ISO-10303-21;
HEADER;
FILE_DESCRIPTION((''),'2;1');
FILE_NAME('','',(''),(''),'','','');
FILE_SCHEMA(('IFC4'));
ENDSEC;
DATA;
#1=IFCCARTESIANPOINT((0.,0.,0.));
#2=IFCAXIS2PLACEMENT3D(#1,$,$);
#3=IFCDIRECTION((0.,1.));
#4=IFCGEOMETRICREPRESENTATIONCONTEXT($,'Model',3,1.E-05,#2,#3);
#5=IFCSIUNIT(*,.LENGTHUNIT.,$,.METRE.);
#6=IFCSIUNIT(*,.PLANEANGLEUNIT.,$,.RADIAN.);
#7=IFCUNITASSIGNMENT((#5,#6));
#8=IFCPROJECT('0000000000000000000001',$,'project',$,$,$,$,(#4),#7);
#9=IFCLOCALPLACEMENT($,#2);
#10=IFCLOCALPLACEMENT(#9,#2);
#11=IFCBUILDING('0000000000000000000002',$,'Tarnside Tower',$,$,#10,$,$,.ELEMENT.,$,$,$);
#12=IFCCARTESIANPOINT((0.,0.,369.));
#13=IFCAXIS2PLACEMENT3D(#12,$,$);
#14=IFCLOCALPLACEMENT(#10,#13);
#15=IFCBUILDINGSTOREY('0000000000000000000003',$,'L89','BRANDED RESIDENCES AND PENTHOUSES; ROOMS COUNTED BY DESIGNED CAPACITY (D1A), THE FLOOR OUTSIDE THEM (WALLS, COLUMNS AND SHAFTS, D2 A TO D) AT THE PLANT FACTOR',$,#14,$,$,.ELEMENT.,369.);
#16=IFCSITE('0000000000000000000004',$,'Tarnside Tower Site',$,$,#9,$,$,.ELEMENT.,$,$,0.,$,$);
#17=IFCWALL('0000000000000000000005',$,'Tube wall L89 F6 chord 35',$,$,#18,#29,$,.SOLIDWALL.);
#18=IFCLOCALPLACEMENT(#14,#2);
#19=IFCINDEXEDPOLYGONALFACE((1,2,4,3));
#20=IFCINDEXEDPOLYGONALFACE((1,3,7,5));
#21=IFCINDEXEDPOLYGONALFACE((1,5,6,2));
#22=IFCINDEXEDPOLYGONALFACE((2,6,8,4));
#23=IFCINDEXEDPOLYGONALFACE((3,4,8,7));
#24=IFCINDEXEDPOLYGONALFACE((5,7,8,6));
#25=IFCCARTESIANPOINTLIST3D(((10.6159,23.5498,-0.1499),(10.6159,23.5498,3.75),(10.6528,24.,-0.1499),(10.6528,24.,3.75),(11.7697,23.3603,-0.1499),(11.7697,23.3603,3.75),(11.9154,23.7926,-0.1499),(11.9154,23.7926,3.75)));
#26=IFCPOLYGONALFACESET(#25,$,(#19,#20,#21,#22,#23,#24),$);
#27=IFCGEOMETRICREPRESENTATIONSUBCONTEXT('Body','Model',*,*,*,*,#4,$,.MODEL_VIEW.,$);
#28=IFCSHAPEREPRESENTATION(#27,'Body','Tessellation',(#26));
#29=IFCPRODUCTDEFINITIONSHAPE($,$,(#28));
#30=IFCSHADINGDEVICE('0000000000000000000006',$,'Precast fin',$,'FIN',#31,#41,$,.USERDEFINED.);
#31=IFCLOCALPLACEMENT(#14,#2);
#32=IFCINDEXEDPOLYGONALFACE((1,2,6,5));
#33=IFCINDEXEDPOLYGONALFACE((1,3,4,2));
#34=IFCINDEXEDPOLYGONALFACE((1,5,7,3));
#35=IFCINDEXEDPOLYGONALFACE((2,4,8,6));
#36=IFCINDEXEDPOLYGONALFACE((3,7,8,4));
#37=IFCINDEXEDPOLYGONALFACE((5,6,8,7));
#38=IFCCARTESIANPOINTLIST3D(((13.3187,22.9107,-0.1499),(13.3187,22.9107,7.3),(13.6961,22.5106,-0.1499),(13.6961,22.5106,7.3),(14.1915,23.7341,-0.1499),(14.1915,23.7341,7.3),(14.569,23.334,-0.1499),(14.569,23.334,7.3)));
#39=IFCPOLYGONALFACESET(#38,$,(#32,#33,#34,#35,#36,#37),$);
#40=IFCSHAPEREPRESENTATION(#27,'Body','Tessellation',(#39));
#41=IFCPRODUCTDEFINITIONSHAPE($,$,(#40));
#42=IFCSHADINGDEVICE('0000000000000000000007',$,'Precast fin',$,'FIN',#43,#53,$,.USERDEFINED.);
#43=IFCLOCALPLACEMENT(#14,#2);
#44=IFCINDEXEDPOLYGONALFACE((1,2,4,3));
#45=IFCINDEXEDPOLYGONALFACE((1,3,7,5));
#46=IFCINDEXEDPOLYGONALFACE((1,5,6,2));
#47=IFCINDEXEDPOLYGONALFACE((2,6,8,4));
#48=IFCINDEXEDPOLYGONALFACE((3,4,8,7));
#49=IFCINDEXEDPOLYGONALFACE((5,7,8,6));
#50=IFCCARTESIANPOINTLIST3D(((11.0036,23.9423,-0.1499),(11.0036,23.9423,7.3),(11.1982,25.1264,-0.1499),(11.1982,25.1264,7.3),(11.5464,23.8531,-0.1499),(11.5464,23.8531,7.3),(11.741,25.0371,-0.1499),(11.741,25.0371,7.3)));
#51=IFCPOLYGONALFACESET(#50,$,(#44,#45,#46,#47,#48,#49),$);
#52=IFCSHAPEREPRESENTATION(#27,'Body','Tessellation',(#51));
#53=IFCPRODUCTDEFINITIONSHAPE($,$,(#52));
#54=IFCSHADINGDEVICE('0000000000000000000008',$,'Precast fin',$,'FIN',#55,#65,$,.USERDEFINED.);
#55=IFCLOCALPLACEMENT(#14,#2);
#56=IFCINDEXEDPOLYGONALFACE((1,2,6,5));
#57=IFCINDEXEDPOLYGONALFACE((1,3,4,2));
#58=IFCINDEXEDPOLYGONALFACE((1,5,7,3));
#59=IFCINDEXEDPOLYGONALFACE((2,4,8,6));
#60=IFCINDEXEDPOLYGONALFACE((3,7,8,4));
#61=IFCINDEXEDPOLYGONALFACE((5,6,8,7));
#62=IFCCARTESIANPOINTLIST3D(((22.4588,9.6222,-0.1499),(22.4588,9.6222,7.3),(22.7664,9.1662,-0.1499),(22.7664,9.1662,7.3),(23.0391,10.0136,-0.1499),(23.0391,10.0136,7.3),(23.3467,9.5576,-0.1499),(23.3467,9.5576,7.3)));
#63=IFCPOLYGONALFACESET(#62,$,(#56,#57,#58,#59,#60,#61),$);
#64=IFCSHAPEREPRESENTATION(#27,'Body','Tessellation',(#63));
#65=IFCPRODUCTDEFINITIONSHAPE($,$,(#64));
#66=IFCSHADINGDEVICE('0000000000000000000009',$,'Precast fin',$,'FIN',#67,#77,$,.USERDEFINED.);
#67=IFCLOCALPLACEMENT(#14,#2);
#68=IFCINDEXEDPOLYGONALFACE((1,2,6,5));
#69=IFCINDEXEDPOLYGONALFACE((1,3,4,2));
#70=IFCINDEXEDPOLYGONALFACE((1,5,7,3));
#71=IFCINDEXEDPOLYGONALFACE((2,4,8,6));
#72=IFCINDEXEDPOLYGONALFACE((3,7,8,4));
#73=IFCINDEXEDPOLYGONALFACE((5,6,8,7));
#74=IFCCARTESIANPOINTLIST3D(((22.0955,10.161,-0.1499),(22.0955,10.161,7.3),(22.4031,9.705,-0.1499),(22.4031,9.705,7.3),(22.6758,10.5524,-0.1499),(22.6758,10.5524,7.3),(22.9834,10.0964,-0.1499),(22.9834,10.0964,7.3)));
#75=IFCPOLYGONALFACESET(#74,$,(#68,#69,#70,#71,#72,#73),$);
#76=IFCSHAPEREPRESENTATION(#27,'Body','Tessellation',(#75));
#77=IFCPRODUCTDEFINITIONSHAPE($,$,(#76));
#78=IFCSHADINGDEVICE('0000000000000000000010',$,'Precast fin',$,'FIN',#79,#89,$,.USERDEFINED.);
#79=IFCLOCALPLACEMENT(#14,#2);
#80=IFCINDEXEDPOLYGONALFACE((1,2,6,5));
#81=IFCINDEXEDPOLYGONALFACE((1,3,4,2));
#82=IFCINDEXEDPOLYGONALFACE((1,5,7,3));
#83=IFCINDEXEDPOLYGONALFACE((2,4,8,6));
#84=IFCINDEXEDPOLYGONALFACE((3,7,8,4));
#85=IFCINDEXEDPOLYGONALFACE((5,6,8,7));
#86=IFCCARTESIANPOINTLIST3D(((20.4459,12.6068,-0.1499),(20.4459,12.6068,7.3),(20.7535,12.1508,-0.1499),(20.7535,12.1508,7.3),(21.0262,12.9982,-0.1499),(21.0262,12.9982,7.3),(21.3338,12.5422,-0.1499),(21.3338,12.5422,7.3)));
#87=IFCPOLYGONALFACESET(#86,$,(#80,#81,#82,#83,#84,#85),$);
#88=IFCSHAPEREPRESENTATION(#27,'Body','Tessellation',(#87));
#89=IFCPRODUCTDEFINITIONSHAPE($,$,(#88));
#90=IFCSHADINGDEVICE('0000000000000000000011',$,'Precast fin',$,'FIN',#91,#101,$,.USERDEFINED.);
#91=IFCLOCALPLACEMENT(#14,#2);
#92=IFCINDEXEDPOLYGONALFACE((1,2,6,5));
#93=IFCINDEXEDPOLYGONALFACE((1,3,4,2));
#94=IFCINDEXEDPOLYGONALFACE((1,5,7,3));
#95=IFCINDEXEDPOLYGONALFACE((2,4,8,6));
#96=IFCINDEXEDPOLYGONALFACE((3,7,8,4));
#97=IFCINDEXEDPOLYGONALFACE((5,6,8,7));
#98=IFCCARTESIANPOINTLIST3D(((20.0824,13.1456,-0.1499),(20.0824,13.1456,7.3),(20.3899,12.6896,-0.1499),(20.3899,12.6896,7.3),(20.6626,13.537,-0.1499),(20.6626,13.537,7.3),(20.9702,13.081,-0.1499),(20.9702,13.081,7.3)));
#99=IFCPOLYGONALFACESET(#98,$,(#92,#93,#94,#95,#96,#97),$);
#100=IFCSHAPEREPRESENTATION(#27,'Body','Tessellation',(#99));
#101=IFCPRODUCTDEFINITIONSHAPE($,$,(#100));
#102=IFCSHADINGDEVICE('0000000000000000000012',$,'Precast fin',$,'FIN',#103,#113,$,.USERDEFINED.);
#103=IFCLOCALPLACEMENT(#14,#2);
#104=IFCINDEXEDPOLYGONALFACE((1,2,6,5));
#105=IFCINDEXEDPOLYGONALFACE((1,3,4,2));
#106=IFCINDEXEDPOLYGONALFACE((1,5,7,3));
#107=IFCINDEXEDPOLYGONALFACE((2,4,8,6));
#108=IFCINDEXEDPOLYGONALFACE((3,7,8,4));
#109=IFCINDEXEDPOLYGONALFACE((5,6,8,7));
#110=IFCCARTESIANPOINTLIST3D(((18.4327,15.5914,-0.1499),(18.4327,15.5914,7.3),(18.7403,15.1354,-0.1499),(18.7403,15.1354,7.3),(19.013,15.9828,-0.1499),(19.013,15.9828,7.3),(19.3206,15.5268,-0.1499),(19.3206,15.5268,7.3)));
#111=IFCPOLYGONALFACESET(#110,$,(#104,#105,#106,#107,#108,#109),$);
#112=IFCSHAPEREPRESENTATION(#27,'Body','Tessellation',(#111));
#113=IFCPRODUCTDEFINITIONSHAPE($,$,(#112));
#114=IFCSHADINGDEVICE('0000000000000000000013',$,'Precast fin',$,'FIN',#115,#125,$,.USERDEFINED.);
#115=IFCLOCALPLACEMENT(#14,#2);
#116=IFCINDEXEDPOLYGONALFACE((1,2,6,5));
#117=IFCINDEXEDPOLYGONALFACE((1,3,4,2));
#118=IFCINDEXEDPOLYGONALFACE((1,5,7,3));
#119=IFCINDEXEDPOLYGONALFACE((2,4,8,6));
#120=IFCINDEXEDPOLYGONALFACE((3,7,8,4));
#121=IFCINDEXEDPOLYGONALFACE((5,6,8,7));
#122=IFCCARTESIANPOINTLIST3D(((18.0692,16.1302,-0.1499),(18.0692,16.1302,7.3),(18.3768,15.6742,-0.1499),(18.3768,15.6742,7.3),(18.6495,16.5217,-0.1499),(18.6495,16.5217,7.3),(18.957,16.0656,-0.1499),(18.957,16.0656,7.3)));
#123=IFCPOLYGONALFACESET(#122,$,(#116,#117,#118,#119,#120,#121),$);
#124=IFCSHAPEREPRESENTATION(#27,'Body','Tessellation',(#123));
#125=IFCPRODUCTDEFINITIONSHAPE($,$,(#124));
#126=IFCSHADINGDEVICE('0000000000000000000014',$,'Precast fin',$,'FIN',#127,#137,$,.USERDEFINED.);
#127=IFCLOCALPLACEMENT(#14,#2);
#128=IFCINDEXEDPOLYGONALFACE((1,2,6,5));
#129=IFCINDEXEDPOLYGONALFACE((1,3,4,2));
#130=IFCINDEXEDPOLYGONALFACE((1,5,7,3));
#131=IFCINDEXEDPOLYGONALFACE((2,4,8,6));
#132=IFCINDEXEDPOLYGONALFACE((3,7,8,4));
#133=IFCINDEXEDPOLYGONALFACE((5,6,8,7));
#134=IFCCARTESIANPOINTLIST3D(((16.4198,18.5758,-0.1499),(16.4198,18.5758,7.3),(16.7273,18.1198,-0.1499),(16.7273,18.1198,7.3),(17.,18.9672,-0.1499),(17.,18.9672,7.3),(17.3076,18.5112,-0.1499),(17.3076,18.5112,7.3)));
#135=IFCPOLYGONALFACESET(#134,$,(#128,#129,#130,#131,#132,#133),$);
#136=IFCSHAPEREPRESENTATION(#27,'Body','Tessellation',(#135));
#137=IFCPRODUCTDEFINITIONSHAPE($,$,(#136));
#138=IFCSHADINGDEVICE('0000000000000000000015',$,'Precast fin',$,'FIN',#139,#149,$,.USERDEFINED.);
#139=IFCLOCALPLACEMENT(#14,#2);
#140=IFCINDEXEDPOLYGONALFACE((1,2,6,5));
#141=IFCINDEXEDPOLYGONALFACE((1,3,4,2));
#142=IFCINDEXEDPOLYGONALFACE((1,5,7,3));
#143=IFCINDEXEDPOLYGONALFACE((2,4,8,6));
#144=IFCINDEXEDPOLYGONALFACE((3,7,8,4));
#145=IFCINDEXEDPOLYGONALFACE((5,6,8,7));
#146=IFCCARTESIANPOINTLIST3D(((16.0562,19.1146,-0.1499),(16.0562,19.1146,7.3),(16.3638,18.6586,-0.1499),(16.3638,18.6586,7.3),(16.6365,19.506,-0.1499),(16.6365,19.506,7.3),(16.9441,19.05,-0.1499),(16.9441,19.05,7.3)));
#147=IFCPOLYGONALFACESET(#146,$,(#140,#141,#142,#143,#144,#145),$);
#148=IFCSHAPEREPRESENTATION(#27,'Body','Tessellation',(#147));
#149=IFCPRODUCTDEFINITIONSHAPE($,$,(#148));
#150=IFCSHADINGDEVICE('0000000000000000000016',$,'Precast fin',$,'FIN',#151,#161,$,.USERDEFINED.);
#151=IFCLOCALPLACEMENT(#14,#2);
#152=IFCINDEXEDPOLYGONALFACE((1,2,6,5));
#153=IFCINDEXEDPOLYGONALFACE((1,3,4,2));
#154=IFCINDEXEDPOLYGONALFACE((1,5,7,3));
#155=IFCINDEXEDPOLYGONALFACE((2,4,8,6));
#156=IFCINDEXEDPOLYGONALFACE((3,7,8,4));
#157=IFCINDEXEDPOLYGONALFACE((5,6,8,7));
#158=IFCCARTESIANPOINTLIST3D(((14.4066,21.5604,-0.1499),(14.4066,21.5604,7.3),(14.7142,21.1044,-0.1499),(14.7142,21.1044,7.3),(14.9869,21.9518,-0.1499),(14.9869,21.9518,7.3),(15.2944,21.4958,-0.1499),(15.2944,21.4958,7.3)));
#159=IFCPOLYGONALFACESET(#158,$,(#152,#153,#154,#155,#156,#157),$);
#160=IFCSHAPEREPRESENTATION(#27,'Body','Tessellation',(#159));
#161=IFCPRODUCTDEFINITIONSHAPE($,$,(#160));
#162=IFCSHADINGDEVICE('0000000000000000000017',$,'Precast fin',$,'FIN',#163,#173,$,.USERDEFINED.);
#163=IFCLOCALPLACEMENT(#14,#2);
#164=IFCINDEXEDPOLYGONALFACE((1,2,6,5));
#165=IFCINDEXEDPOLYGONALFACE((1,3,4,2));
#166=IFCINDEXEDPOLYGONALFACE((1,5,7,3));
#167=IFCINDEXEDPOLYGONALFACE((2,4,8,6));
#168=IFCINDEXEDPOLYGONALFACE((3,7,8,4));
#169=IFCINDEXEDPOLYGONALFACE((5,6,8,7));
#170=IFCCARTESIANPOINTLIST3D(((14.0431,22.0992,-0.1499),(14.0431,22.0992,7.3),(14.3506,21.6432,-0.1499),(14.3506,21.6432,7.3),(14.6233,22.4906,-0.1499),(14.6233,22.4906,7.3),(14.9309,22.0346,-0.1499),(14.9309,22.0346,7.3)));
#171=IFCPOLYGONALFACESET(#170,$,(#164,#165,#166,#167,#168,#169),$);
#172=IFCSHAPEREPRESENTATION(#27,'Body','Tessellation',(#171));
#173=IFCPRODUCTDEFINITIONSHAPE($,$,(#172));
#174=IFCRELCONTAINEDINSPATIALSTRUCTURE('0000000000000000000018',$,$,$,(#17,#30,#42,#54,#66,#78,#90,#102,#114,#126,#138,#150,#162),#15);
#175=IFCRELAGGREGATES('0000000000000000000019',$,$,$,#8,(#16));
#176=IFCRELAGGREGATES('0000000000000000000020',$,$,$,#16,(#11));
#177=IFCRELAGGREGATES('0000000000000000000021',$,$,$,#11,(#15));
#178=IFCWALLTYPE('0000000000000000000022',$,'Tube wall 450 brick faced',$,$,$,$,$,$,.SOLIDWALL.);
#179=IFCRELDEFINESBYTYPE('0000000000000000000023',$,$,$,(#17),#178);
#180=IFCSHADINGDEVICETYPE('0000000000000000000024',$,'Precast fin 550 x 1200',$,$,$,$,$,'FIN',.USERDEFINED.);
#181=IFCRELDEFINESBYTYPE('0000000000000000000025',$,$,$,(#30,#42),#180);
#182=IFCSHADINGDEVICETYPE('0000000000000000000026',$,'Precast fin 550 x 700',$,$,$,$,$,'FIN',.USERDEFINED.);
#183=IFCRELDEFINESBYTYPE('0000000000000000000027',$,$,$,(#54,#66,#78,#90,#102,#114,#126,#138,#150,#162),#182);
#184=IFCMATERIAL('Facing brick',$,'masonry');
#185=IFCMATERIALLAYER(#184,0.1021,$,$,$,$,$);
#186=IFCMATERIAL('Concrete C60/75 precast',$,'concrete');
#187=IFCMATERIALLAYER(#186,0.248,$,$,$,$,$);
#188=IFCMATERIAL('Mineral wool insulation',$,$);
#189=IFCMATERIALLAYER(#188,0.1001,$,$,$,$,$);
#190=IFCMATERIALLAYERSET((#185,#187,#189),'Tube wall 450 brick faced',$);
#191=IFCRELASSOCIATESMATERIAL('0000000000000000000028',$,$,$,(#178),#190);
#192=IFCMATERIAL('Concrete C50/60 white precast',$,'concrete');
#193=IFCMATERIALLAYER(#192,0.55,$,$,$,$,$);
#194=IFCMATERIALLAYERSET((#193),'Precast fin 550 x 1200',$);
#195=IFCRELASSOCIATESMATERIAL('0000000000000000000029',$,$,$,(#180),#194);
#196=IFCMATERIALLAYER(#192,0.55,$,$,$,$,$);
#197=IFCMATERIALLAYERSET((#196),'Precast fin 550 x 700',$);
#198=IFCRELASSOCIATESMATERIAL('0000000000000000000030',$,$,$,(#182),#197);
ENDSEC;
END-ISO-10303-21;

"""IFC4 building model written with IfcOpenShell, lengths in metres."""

from ifc_helpers import new_model, si_unit, direction, frame, origin, place, context, subcontext, project, spatial, polyline, outline, extrude, material, layer, layer_set, type_object, element, save


model = new_model("IFC4")

# Units and contexts
model_context = context("Model", 3, precision=1e-05, world=origin(), true_north=direction((0.0, 1.0)))
body_context = subcontext(model_context, "Body", "Model", "MODEL_VIEW")
ifc_project = project(units=[si_unit("LENGTHUNIT", "METRE"), si_unit("PLANEANGLEUNIT", "RADIAN")], contexts=[model_context])

# Site, building, storey
site_placement = place(None, origin())
site = spatial("IfcSite", under=ifc_project, at=site_placement, Name="Tarnside Tower Site", CompositionType="ELEMENT", RefElevation=0.0)
building_placement = place(site_placement, origin())
building = spatial("IfcBuilding", under=site, at=building_placement, Name="Tarnside Tower", CompositionType="ELEMENT")
storey_placement = place(building_placement, frame((0.0, 0.0, 369.0)))
storey = spatial("IfcBuildingStorey", under=building, at=storey_placement, Name="L89", Description="BRANDED RESIDENCES AND PENTHOUSES; ROOMS COUNTED BY DESIGNED CAPACITY (D1A), THE FLOOR OUTSIDE THEM (WALLS, COLUMNS AND SHAFTS, D2 A TO D) AT THE PLANT FACTOR", CompositionType="ELEMENT", Elevation=369.0)

# Shared definitions
ifc_material_1 = material(Name="Concrete C60/75 precast", Category="concrete")
ifc_material_2 = material(Name="Mineral wool insulation")

# Wall
ifc_material_3 = material(Name="Facing brick", Category="masonry")
ifc_layer_1 = layer(ifc_material_3, 0.1021)
ifc_layer_2 = layer(ifc_material_1, 0.248)
ifc_layer_3 = layer(ifc_material_2, 0.1001)
ifc_layer_set_1 = layer_set([ifc_layer_1, ifc_layer_2, ifc_layer_3], Name="Tube wall 450 brick faced")
wall_type_1 = type_object("IfcWallType", Name="Tube wall 450 brick faced", PredefinedType="SOLIDWALL", material=ifc_layer_set_1)
wall_1_placement = place(storey_placement, frame((11.8425, 23.5764, -0.1499), z_axis=(0.0, 0.0, 1.0), x_axis=(-0.986774, 0.162103, 0.0)))
element("IfcWall", 1, at=wall_1_placement, inside=storey, type_object=wall_type_1, Name="Tube wall L89 F6 chord 35", PredefinedType="SOLIDWALL", context=body_context, shape_type="SweptSolid", body=[
    extrude(outline(polyline([(-0.0369, -0.2251), (1.2427, -0.2251), (1.2061, 0.2251), (0.0369, 0.2251), (-0.0369, -0.2251)])), origin(), (0.0, 0.0, 1.0), 3.8999),
])

# Shading devices
ifc_material_4 = material(Name="Concrete C50/60 white precast", Category="concrete")
ifc_layer_4 = layer(ifc_material_4, 0.55)
ifc_layer_set_2 = layer_set([ifc_layer_4], Name="Precast fin 550 x 1200")
shading_device_type_1 = type_object("IfcShadingDeviceType", Name="Precast fin 550 x 1200", ElementType="FIN", PredefinedType="USERDEFINED", material=ifc_layer_set_2)
for number, where, z_axis, x_axis, name in (
    (2, (13.5073, 22.7107, -0.1499), (0.686242, -0.727374, 0.0), (0.727374, 0.686242, 0.0), "Precast fin"),
    (3, (11.2749, 23.8977, -0.1499), (0.986762, -0.162178, 0.0), (0.162178, 0.986762, 0.0), "Precast fin"),
):
    element("IfcShadingDevice", number, at=place(storey_placement, frame(where, z_axis=z_axis, x_axis=x_axis)), inside=storey, type_object=shading_device_type_1, Name=name, ObjectType="FIN", PredefinedType="USERDEFINED", context=body_context, shape_type="SweptSolid", body=[
        extrude(outline(polyline([(0.0, 0.0), (1.2, 0.0), (1.2, 7.45), (0.0, 7.45), (0.0, 0.0)])), frame((0.0, 0.0, -0.2749)), (0.0, 0.0, 1.0), 0.55),
    ])
ifc_layer_5 = layer(ifc_material_4, 0.55)
ifc_layer_set_3 = layer_set([ifc_layer_5], Name="Precast fin 550 x 700")
shading_device_type_2 = type_object("IfcShadingDeviceType", Name="Precast fin 550 x 700", ElementType="FIN", PredefinedType="USERDEFINED", material=ifc_layer_set_3)
for number, where, z_axis, x_axis, name in (
    (4, (22.6125, 9.3943, -0.1499), (0.559193, -0.829038, 0.0), (0.829038, 0.559193, 0.0), "Precast fin"),
    (5, (22.2493, 9.9331, -0.1499), (0.559193, -0.829038, 0.0), (0.829038, 0.559193, 0.0), "Precast fin"),
    (6, (20.5996, 12.3789, -0.1499), (0.559193, -0.829038, 0.0), (0.829038, 0.559193, 0.0), "Precast fin"),
    (7, (20.2361, 12.9177, -0.1499), (0.559193, -0.829038, 0.0), (0.829038, 0.559193, 0.0), "Precast fin"),
    (8, (18.5864, 15.3635, -0.1499), (0.559193, -0.829038, 0.0), (0.829038, 0.559193, 0.0), "Precast fin"),
    (9, (18.2229, 15.9023, -0.1499), (0.559193, -0.829038, 0.0), (0.829038, 0.559193, 0.0), "Precast fin"),
    (10, (16.5735, 18.3479, -0.1499), (0.559193, -0.829038, 0.0), (0.829038, 0.559193, 0.0), "Precast fin"),
    (11, (16.21, 18.8867, -0.1499), (0.559193, -0.829038, 0.0), (0.829038, 0.559193, 0.0), "Precast fin"),
    (12, (14.5603, 21.3325, -0.1499), (0.559193, -0.829038, 0.0), (0.829038, 0.559193, 0.0), "Precast fin"),
    (13, (14.1968, 21.8713, -0.1499), (0.559193, -0.829038, 0.0), (0.829038, 0.559193, 0.0), "Precast fin"),
):
    element("IfcShadingDevice", number, at=place(storey_placement, frame(where, z_axis=z_axis, x_axis=x_axis)), inside=storey, type_object=shading_device_type_2, Name=name, ObjectType="FIN", PredefinedType="USERDEFINED", context=body_context, shape_type="SweptSolid", body=[
        extrude(outline(polyline([(0.0, 0.0), (0.7, 0.0), (0.7, 7.45), (0.0, 7.45), (0.0, 0.0)])), frame((0.0, 0.0, -0.2749)), (0.0, 0.0, 1.0), 0.55),
    ])

save(model, "model.ifc")
